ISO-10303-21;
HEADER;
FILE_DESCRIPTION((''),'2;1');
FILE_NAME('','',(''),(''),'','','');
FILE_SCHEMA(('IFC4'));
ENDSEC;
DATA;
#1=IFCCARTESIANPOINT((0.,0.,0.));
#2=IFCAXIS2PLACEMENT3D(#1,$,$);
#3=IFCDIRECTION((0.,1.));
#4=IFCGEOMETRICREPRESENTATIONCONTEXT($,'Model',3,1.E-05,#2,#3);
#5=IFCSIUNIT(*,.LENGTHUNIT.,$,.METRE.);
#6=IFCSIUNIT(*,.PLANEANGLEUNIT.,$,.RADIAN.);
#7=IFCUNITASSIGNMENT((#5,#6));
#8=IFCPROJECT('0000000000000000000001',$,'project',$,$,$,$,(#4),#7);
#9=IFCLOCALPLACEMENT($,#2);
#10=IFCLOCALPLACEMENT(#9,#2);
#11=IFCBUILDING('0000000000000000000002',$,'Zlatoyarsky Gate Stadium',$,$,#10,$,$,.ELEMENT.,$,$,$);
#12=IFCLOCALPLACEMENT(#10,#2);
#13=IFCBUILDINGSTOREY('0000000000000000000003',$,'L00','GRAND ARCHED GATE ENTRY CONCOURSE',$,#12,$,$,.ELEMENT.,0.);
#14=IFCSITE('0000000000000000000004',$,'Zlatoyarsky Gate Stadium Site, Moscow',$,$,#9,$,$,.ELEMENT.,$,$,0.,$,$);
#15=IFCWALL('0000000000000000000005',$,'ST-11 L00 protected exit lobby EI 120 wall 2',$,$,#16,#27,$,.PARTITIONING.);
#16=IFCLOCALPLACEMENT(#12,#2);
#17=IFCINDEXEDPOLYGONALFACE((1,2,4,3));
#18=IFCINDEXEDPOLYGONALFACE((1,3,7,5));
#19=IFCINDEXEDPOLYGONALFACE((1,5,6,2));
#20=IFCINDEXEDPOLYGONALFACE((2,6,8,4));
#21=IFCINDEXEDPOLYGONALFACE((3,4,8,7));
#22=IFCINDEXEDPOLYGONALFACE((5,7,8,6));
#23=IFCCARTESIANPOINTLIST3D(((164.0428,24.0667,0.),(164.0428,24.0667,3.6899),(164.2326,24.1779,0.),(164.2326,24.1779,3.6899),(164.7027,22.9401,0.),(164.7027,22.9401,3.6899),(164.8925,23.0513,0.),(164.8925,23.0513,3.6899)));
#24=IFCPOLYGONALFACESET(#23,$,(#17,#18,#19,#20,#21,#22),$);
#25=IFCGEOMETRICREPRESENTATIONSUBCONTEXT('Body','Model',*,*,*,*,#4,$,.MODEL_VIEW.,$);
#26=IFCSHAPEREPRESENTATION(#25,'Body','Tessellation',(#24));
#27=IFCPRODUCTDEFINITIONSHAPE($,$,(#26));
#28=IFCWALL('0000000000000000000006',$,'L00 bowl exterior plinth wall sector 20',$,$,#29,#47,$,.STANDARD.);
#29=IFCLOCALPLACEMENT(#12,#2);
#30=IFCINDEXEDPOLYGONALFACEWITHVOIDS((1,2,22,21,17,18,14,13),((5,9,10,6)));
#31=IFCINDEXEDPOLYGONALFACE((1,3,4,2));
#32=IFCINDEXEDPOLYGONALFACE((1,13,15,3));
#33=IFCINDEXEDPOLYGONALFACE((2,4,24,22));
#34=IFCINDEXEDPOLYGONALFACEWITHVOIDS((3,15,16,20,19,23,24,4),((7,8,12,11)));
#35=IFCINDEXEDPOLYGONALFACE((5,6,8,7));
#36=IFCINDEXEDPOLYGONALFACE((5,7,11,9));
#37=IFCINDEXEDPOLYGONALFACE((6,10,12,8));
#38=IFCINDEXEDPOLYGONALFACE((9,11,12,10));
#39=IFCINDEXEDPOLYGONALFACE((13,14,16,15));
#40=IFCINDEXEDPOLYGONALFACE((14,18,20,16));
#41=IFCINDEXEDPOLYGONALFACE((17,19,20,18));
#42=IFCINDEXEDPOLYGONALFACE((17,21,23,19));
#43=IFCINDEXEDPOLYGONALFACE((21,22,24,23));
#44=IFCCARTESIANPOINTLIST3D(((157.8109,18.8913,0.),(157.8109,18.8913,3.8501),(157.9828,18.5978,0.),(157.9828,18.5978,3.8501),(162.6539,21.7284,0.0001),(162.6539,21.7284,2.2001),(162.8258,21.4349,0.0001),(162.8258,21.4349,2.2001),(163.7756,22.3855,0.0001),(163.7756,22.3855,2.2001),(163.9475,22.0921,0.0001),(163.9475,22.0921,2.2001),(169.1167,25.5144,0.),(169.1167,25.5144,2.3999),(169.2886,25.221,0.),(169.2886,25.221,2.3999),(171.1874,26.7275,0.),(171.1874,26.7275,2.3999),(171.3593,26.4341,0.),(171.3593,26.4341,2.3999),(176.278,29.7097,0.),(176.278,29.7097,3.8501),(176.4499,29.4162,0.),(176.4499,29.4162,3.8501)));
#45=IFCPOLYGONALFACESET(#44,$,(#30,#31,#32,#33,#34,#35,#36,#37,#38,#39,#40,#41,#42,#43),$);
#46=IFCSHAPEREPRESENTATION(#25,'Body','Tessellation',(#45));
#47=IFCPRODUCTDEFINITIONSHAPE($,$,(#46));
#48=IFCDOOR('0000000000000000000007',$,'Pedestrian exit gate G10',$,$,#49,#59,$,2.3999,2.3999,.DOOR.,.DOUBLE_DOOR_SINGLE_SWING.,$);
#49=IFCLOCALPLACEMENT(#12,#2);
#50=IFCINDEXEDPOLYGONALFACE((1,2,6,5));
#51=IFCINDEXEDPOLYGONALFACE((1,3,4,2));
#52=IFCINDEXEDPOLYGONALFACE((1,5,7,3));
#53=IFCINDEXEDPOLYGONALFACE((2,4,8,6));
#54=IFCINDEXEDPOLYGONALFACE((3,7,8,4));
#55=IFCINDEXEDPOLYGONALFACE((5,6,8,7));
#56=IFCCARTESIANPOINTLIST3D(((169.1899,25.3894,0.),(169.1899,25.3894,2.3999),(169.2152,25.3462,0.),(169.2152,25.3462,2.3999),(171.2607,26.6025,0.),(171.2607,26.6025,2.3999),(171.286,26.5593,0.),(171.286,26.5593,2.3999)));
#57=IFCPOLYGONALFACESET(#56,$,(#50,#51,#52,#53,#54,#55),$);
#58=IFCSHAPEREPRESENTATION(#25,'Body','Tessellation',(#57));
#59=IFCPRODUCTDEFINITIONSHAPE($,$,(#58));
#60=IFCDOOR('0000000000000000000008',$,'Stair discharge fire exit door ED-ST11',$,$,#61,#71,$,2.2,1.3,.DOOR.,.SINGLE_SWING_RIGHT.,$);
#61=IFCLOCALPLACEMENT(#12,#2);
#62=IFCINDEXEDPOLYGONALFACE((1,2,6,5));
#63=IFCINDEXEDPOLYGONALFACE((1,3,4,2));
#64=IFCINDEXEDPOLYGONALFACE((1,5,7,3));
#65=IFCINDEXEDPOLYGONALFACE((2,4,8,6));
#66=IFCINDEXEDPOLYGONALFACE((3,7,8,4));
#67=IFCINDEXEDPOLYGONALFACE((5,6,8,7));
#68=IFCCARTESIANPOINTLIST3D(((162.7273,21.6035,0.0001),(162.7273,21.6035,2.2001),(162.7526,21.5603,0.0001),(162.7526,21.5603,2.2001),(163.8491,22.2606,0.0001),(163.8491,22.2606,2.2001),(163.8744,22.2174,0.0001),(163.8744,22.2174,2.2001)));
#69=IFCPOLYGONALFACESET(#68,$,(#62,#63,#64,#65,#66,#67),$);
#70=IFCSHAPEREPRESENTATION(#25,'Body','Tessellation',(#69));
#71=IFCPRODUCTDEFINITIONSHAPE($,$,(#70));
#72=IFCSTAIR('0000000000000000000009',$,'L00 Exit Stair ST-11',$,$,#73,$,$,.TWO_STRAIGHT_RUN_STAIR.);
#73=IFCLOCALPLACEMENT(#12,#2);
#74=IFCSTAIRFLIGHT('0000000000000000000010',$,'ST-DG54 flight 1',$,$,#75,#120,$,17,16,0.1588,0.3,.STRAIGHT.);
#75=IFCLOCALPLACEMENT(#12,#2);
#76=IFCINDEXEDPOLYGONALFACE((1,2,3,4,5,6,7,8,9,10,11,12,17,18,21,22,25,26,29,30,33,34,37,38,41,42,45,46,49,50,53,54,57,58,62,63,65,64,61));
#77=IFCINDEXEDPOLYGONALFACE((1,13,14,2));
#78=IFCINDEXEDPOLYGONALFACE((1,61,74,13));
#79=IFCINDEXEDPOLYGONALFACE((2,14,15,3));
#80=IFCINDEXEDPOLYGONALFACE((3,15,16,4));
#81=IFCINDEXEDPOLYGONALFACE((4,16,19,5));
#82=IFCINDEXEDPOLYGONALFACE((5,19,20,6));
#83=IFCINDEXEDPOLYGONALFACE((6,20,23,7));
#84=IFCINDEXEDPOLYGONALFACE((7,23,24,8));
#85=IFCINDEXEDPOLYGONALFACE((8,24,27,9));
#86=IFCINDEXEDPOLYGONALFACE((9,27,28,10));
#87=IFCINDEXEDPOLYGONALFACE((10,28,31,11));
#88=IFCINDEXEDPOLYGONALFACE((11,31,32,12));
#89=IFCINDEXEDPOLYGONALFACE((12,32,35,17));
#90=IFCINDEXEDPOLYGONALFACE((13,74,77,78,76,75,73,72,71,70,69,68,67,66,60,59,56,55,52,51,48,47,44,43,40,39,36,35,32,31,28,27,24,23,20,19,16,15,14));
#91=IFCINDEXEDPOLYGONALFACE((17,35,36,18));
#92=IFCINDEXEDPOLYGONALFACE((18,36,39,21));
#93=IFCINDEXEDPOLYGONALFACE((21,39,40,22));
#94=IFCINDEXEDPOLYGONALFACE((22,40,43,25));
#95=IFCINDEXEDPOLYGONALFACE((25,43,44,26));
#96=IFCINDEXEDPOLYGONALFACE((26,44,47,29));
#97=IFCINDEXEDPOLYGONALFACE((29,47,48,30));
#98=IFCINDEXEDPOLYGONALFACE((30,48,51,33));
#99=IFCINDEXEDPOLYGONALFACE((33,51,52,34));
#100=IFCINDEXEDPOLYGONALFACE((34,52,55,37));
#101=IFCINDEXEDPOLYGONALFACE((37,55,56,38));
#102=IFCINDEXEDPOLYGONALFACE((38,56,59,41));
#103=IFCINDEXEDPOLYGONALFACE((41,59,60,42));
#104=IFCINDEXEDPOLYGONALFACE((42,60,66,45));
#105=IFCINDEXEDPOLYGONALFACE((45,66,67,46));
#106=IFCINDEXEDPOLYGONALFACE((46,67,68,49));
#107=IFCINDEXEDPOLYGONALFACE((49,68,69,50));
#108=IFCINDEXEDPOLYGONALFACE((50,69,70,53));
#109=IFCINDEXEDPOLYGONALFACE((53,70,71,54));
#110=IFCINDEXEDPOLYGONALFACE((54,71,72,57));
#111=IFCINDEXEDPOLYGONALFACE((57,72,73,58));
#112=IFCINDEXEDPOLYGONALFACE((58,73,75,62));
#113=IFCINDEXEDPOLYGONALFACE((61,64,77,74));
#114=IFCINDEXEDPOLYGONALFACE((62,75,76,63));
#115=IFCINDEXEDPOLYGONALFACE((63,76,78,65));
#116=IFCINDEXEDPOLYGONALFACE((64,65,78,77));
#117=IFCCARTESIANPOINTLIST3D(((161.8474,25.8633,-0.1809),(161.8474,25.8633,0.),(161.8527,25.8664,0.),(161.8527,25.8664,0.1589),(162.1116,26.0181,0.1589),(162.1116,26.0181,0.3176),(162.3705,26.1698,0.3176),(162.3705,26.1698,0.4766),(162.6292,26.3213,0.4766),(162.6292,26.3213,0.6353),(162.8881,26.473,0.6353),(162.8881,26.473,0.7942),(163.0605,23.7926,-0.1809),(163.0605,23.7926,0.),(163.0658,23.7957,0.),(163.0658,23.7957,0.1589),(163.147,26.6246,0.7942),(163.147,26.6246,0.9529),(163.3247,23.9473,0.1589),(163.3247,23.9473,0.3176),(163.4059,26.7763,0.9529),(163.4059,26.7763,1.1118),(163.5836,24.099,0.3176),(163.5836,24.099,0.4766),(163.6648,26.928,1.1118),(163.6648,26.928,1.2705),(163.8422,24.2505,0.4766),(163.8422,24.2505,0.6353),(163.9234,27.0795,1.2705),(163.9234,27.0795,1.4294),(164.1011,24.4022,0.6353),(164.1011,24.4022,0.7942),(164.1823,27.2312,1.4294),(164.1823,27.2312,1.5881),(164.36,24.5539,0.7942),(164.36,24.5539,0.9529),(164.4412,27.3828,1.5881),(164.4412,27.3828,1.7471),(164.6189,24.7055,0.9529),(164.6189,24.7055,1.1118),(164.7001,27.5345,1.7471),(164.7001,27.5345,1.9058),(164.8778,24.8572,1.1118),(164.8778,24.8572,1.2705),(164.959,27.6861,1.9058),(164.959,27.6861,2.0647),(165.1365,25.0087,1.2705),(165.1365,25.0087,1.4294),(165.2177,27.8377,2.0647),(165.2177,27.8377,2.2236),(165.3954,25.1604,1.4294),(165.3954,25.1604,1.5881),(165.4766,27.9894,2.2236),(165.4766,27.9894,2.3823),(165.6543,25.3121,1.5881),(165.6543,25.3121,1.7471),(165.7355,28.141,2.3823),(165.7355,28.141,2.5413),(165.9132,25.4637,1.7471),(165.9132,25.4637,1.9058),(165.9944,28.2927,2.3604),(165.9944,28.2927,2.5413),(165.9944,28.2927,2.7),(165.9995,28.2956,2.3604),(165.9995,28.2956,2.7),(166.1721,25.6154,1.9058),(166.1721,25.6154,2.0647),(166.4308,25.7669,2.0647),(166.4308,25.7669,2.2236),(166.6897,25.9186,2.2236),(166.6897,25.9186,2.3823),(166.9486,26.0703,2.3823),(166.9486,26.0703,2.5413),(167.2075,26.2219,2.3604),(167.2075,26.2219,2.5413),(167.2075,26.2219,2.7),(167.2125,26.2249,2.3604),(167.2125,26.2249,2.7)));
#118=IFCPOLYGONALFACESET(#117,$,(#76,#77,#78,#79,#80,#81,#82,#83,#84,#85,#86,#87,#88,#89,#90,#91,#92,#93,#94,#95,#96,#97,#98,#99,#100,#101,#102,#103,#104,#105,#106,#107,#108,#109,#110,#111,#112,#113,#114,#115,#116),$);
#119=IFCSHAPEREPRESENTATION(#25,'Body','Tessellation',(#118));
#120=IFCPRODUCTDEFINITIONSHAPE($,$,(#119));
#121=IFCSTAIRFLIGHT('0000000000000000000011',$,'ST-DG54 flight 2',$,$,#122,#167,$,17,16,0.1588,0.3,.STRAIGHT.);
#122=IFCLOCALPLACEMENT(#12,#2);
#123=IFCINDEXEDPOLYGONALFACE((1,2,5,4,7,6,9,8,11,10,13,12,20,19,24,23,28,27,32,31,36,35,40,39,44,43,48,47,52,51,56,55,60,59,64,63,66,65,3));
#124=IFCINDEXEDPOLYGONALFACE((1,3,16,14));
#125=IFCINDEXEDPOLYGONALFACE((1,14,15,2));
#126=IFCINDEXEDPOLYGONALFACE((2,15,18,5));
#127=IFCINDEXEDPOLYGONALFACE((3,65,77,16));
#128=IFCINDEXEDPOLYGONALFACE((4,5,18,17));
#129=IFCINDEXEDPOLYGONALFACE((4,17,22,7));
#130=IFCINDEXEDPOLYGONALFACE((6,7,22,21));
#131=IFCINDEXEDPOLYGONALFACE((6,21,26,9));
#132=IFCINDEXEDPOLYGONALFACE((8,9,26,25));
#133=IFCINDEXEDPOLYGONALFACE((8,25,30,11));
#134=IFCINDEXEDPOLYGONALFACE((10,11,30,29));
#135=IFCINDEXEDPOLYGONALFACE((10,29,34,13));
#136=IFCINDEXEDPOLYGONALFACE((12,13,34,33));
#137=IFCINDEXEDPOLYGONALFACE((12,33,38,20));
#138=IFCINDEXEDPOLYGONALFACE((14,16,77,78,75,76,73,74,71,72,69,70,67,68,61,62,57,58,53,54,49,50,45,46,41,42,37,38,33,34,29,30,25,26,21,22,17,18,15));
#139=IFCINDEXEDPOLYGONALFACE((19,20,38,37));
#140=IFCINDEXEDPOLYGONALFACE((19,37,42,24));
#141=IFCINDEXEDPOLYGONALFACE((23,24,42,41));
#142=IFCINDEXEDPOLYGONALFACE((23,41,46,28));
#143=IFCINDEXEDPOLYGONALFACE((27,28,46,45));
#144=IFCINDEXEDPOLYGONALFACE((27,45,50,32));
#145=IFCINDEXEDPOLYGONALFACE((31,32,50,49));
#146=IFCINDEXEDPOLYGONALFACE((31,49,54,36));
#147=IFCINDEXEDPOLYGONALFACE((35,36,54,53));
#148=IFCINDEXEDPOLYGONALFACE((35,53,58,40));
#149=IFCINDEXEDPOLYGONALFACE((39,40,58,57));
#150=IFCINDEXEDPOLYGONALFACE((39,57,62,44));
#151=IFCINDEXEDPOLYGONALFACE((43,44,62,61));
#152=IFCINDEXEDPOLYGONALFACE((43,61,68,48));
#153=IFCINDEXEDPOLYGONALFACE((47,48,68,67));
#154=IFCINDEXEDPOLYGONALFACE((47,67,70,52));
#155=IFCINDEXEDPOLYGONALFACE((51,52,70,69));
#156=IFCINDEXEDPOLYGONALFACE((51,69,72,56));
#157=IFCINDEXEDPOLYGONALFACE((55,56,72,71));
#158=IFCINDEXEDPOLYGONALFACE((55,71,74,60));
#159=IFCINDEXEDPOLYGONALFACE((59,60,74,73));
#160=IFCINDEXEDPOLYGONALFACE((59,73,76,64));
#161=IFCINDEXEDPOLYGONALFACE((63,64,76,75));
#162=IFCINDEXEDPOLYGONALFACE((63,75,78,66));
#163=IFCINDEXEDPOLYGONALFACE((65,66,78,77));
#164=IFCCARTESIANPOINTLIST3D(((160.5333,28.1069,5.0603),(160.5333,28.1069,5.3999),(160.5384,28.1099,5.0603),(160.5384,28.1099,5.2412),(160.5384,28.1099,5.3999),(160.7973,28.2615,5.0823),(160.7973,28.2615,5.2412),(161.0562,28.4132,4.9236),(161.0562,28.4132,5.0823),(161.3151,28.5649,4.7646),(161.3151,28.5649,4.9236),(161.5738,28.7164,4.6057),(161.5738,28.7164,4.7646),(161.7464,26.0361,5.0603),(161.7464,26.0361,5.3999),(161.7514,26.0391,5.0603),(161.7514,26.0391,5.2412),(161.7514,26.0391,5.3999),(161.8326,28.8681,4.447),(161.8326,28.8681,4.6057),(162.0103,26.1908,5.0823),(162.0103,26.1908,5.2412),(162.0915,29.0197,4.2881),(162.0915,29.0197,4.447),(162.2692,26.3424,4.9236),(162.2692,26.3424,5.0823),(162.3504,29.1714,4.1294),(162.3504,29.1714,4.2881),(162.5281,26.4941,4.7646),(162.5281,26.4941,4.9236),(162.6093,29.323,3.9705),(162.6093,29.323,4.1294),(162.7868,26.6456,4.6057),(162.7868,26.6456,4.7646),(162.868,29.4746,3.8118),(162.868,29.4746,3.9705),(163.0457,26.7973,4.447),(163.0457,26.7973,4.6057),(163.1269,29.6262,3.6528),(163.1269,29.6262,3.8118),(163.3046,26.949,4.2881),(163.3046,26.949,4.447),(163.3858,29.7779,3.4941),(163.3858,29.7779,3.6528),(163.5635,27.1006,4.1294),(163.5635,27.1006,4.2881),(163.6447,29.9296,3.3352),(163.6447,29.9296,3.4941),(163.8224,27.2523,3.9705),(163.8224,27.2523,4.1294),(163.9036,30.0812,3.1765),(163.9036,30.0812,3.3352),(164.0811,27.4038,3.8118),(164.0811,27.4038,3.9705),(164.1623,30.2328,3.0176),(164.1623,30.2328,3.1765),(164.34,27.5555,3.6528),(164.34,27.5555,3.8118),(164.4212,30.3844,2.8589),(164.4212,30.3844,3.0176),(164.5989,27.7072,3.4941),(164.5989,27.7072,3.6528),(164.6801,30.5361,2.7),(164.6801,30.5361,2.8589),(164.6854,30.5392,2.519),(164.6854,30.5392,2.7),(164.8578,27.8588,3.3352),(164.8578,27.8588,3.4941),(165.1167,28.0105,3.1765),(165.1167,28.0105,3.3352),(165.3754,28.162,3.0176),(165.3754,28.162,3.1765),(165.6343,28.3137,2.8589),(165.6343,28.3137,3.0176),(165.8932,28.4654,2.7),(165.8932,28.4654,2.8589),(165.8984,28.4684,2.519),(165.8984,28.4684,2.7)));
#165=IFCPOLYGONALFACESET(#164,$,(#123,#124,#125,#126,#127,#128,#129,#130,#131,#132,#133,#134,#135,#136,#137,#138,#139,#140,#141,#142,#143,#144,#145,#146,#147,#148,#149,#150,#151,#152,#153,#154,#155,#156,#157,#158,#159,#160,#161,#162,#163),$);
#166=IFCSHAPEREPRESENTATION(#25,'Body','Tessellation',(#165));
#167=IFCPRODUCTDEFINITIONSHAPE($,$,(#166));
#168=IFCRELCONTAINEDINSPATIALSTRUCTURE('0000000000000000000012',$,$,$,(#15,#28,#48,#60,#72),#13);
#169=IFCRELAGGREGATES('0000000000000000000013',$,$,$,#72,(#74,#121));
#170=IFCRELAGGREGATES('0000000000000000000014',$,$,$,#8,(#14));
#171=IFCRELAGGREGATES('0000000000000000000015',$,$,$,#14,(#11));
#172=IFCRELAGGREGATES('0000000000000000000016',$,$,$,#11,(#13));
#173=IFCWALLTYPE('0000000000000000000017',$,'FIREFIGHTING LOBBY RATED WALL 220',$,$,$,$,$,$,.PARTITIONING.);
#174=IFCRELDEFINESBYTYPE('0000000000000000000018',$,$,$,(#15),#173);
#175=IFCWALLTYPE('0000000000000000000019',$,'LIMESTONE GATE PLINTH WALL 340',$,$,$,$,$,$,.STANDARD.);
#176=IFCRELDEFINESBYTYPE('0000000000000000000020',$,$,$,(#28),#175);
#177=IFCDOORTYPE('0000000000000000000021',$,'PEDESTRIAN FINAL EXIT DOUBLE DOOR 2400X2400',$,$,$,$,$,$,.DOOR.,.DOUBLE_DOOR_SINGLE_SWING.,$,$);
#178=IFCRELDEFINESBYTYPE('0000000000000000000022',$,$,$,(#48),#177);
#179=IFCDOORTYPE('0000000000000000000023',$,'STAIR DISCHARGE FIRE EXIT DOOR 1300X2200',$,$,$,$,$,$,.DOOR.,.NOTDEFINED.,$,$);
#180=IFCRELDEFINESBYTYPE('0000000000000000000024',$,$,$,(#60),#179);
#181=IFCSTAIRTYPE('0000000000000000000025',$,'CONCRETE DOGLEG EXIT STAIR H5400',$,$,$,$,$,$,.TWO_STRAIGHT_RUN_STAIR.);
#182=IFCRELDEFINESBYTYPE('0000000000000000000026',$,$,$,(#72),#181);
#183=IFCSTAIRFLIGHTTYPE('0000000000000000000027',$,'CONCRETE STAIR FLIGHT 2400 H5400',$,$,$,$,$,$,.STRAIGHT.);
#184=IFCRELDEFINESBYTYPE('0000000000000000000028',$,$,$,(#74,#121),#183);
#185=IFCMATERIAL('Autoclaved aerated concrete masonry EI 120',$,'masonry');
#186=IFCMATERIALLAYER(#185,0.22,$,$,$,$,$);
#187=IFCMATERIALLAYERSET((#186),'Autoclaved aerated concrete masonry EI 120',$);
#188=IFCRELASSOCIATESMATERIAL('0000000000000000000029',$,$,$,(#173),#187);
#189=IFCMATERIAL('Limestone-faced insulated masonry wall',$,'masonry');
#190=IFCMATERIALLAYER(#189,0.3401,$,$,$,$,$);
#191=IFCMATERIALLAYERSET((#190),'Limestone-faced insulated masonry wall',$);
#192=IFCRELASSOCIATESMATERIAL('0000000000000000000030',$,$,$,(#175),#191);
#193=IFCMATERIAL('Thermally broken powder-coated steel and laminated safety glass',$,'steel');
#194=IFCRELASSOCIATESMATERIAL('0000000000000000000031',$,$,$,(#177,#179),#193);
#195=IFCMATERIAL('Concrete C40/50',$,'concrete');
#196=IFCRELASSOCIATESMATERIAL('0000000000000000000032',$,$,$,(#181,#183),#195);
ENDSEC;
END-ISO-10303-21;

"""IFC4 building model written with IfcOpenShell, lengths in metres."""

from ifc_helpers import new_model, si_unit, direction, frame, frame_2d, origin, place, context, subcontext, project, spatial, polyline, rectangle, outline, extrude, material, layer, layer_set, type_object, element, fill, aggregate, save


model = new_model("IFC4")

# Units and contexts
model_context = context("Model", 3, precision=1e-05, world=origin(), true_north=direction((0.0, 1.0)))
body_context = subcontext(model_context, "Body", "Model", "MODEL_VIEW")
ifc_project = project(units=[si_unit("LENGTHUNIT", "METRE"), si_unit("PLANEANGLEUNIT", "RADIAN")], contexts=[model_context])

# Site, building, storey
site_placement = place(None, origin())
site = spatial("IfcSite", under=ifc_project, at=site_placement, Name="Zlatoyarsky Gate Stadium Site, Moscow", CompositionType="ELEMENT", RefElevation=0.0)
building_placement = place(site_placement, origin())
building = spatial("IfcBuilding", under=site, at=building_placement, Name="Zlatoyarsky Gate Stadium", CompositionType="ELEMENT")
storey_placement = place(building_placement, origin())
storey = spatial("IfcBuildingStorey", under=building, at=storey_placement, Name="L00", Description="GRAND ARCHED GATE ENTRY CONCOURSE", CompositionType="ELEMENT", Elevation=0.0)

# Shared definitions
ifc_material_1 = material(Name="Concrete C40/50", Category="concrete")

# Wall
ifc_material_2 = material(Name="Autoclaved aerated concrete masonry EI 120", Category="masonry")
ifc_layer_1 = layer(ifc_material_2, 0.22)
ifc_layer_set_1 = layer_set([ifc_layer_1], Name="Autoclaved aerated concrete masonry EI 120")
wall_type_1 = type_object("IfcWallType", Name="FIREFIGHTING LOBBY RATED WALL 220", PredefinedType="PARTITIONING", material=ifc_layer_set_1)
for number, where, z_axis, x_axis, name in (
    (1, (164.1377, 24.1223, 0.0), (0.0, 0.0, 1.0), (0.505393, -0.862889, 0.0), "ST-11 L00 protected exit lobby EI 120 wall 2"),
):
    element("IfcWall", number, at=place(storey_placement, frame(where, z_axis=z_axis, x_axis=x_axis)), inside=storey, type_object=wall_type_1, Name=name, PredefinedType="PARTITIONING", context=body_context, shape_type="SweptSolid", body=[
        extrude(rectangle(XDim=1.3057, YDim=0.22, at=frame_2d((0.6528, 0.0))), origin(), (0.0, 0.0, 1.0), 3.6899),
    ])

# Wall, openings, doors
ifc_material_3 = material(Name="Limestone-faced insulated masonry wall", Category="masonry")
ifc_layer_2 = layer(ifc_material_3, 0.3401)
ifc_layer_set_2 = layer_set([ifc_layer_2], Name="Limestone-faced insulated masonry wall")
wall_type_2 = type_object("IfcWallType", Name="LIMESTONE GATE PLINTH WALL 340", PredefinedType="STANDARD", material=ifc_layer_set_2)
wall_1_placement = place(storey_placement, frame((157.897, 18.7446, 0.0), z_axis=(0.0, 0.0, 1.0), x_axis=(0.862844, 0.505471, 0.0)))
wall_1 = element("IfcWall", 2, at=wall_1_placement, inside=storey, type_object=wall_type_2, Name="L00 bowl exterior plinth wall sector 20", PredefinedType="STANDARD", context=body_context, shape_type="SweptSolid", body=[
    extrude(rectangle(XDim=21.4026, YDim=0.3401, at=frame_2d((10.7012, 0.0))), origin(), (0.0, 0.0, 1.0), 3.8501),
])
opening_1_placement = place(wall_1_placement, frame((5.6128, 0.0, 0.0)))
opening_1 = element("IfcOpeningElement", 3, at=opening_1_placement, cuts=wall_1, PredefinedType="OPENING", context=body_context, shape_type="SweptSolid", body=[
    extrude(rectangle(XDim=1.3, YDim=2.2, at=frame_2d((0.6499, 1.1001))), frame((0.0, 0.1799, 0.0), z_axis=(0.0, -1.0, 0.0), x_axis=(1.0, 0.0, 0.0)), (0.0, 0.0, 1.0), 0.3601),
])
opening_2_placement = place(wall_1_placement, frame((13.1028, 0.0, 0.0)))
opening_2 = element("IfcOpeningElement", 4, at=opening_2_placement, cuts=wall_1, PredefinedType="OPENING", context=body_context, shape_type="SweptSolid", body=[
    extrude(rectangle(XDim=2.3999, YDim=2.3999, at=frame_2d((1.2, 1.2))), frame((0.0, 0.1799, 0.0), z_axis=(0.0, -1.0, 0.0), x_axis=(1.0, 0.0, 0.0)), (0.0, 0.0, 1.0), 0.3601),
])
ifc_material_4 = material(Name="Thermally broken powder-coated steel and laminated safety glass", Category="steel")
door_type_1 = type_object("IfcDoorType", Name="PEDESTRIAN FINAL EXIT DOUBLE DOOR 2400X2400", OperationType="DOUBLE_DOOR_SINGLE_SWING", PredefinedType="DOOR", material=ifc_material_4)
door_1_placement = place(opening_2_placement, frame((2.3999, 0.0, 0.0), z_axis=(0.0, 0.0, 1.0), x_axis=(-1.0, 0.0, 0.0)))
door_1 = element("IfcDoor", 5, at=door_1_placement, inside=storey, type_object=door_type_1, Name="Pedestrian exit gate G10", OperationType="DOUBLE_DOOR_SINGLE_SWING", OverallHeight=2.3999, OverallWidth=2.3999, PredefinedType="DOOR", context=body_context, shape_type="SweptSolid", body=[
    extrude(rectangle(XDim=2.3999, YDim=2.3999, at=frame_2d((1.2, 1.2))), frame((0.0, 0.0249, 0.0), z_axis=(0.0, -1.0, 0.0), x_axis=(1.0, 0.0, 0.0)), (0.0, 0.0, 1.0), 0.05),
])
fill(opening_2, door_1)
door_type_2 = type_object("IfcDoorType", Name="STAIR DISCHARGE FIRE EXIT DOOR 1300X2200", OperationType="NOTDEFINED", PredefinedType="DOOR", material=ifc_material_4)
door_2_placement = place(opening_1_placement, frame((1.3, 0.0, 0.0), z_axis=(0.0, 0.0, 1.0), x_axis=(-1.0, 0.0, 0.0)))
door_2 = element("IfcDoor", 6, at=door_2_placement, inside=storey, type_object=door_type_2, Name="Stair discharge fire exit door ED-ST11", OperationType="SINGLE_SWING_RIGHT", OverallHeight=2.2, OverallWidth=1.3, PredefinedType="DOOR", context=body_context, shape_type="SweptSolid", body=[
    extrude(rectangle(XDim=1.3, YDim=2.2, at=frame_2d((0.6499, 1.1001))), frame((0.0, 0.0249, 0.0), z_axis=(0.0, -1.0, 0.0), x_axis=(1.0, 0.0, 0.0)), (0.0, 0.0, 1.0), 0.05),
])
fill(opening_1, door_2)

# Stair, stair flights
stair_type = type_object("IfcStairType", Name="CONCRETE DOGLEG EXIT STAIR H5400", PredefinedType="TWO_STRAIGHT_RUN_STAIR", material=ifc_material_1)
stair_placement = place(storey_placement, origin())
stair = element("IfcStair", 7, at=stair_placement, inside=storey, type_object=stair_type, Name="L00 Exit Stair ST-11", PredefinedType="TWO_STRAIGHT_RUN_STAIR")
stair_flight_type = type_object("IfcStairFlightType", Name="CONCRETE STAIR FLIGHT 2400 H5400", PredefinedType="STRAIGHT", material=ifc_material_1)
stair_flight_1_placement = place(storey_placement, frame((162.4592, 24.8311, 0.0), z_axis=(0.0, 0.0, 1.0), x_axis=(0.862848, 0.505463, 0.0)))
stair_flight_1 = element("IfcStairFlight", 8, at=stair_flight_1_placement, type_object=stair_flight_type, Name="ST-DG54 flight 1", NumberOfRisers=17, NumberOfTreads=16, PredefinedType="STRAIGHT", RiserHeight=0.1588, TreadLength=0.3, context=body_context, shape_type="SweptSolid", body=[
    extrude(outline(polyline([(-0.0061, -0.1809), (-0.0061, 0.0), (0.0, 0.0), (0.0, 0.1589), (0.3, 0.1589), (0.3, 0.3176), (0.6001, 0.3176), (0.6001, 0.4766), (0.8999, 0.4766), (0.8999, 0.6353), (1.2, 0.6353), (1.2, 0.7942), (1.5, 0.7942), (1.5, 0.9529), (1.8, 0.9529), (1.8, 1.1118), (2.1001, 1.1118), (2.1001, 1.2705), (2.3999, 1.2705), (2.3999, 1.4294), (2.7, 1.4294), (2.7, 1.5881), (3.0, 1.5881), (3.0, 1.7471), (3.3, 1.7471), (3.3, 1.9058), (3.6001, 1.9058), (3.6001, 2.0647), (3.8999, 2.0647), (3.8999, 2.2236), (4.2, 2.2236), (4.2, 2.3823), (4.5, 2.3823), (4.5, 2.5413), (4.8, 2.5413), (4.8, 2.7), (4.8059, 2.7), (4.8059, 2.3604), (4.8, 2.3604), (-0.0061, -0.1809)])), frame((0.0, 1.2, 0.0), z_axis=(0.0, -1.0, 0.0), x_axis=(1.0, 0.0, 0.0)), (0.0, 0.0, 1.0), 2.3999),
])
stair_flight_2_placement = place(storey_placement, frame((165.2866, 29.5007, 2.7), z_axis=(0.0, 0.0, 1.0), x_axis=(-0.862848, -0.505463, 0.0)))
stair_flight_2 = element("IfcStairFlight", 9, at=stair_flight_2_placement, type_object=stair_flight_type, Name="ST-DG54 flight 2", NumberOfRisers=17, NumberOfTreads=16, PredefinedType="STRAIGHT", RiserHeight=0.1588, TreadLength=0.3, context=body_context, shape_type="SweptSolid", body=[
    extrude(outline(polyline([(-0.0061, -0.1809), (-0.0061, 0.0), (0.0, 0.0), (0.0, 0.1589), (0.3, 0.1589), (0.3, 0.3176), (0.6001, 0.3176), (0.6001, 0.4766), (0.8999, 0.4766), (0.8999, 0.6353), (1.2, 0.6353), (1.2, 0.7942), (1.5, 0.7942), (1.5, 0.9529), (1.8, 0.9529), (1.8, 1.1118), (2.1001, 1.1118), (2.1001, 1.2705), (2.3999, 1.2705), (2.3999, 1.4294), (2.7, 1.4294), (2.7, 1.5881), (3.0, 1.5881), (3.0, 1.7471), (3.3, 1.7471), (3.3, 1.9058), (3.6001, 1.9058), (3.6001, 2.0647), (3.8999, 2.0647), (3.8999, 2.2236), (4.2, 2.2236), (4.2, 2.3823), (4.5, 2.3823), (4.5, 2.5413), (4.8, 2.5413), (4.8, 2.7), (4.8059, 2.7), (4.8059, 2.3604), (4.8, 2.3604), (-0.0061, -0.1809)])), frame((0.0, 1.2, 0.0), z_axis=(0.0, -1.0, 0.0), x_axis=(1.0, 0.0, 0.0)), (0.0, 0.0, 1.0), 2.3999),
])
aggregate(stair, [stair_flight_1, stair_flight_2])

save(model, "model.ifc")
